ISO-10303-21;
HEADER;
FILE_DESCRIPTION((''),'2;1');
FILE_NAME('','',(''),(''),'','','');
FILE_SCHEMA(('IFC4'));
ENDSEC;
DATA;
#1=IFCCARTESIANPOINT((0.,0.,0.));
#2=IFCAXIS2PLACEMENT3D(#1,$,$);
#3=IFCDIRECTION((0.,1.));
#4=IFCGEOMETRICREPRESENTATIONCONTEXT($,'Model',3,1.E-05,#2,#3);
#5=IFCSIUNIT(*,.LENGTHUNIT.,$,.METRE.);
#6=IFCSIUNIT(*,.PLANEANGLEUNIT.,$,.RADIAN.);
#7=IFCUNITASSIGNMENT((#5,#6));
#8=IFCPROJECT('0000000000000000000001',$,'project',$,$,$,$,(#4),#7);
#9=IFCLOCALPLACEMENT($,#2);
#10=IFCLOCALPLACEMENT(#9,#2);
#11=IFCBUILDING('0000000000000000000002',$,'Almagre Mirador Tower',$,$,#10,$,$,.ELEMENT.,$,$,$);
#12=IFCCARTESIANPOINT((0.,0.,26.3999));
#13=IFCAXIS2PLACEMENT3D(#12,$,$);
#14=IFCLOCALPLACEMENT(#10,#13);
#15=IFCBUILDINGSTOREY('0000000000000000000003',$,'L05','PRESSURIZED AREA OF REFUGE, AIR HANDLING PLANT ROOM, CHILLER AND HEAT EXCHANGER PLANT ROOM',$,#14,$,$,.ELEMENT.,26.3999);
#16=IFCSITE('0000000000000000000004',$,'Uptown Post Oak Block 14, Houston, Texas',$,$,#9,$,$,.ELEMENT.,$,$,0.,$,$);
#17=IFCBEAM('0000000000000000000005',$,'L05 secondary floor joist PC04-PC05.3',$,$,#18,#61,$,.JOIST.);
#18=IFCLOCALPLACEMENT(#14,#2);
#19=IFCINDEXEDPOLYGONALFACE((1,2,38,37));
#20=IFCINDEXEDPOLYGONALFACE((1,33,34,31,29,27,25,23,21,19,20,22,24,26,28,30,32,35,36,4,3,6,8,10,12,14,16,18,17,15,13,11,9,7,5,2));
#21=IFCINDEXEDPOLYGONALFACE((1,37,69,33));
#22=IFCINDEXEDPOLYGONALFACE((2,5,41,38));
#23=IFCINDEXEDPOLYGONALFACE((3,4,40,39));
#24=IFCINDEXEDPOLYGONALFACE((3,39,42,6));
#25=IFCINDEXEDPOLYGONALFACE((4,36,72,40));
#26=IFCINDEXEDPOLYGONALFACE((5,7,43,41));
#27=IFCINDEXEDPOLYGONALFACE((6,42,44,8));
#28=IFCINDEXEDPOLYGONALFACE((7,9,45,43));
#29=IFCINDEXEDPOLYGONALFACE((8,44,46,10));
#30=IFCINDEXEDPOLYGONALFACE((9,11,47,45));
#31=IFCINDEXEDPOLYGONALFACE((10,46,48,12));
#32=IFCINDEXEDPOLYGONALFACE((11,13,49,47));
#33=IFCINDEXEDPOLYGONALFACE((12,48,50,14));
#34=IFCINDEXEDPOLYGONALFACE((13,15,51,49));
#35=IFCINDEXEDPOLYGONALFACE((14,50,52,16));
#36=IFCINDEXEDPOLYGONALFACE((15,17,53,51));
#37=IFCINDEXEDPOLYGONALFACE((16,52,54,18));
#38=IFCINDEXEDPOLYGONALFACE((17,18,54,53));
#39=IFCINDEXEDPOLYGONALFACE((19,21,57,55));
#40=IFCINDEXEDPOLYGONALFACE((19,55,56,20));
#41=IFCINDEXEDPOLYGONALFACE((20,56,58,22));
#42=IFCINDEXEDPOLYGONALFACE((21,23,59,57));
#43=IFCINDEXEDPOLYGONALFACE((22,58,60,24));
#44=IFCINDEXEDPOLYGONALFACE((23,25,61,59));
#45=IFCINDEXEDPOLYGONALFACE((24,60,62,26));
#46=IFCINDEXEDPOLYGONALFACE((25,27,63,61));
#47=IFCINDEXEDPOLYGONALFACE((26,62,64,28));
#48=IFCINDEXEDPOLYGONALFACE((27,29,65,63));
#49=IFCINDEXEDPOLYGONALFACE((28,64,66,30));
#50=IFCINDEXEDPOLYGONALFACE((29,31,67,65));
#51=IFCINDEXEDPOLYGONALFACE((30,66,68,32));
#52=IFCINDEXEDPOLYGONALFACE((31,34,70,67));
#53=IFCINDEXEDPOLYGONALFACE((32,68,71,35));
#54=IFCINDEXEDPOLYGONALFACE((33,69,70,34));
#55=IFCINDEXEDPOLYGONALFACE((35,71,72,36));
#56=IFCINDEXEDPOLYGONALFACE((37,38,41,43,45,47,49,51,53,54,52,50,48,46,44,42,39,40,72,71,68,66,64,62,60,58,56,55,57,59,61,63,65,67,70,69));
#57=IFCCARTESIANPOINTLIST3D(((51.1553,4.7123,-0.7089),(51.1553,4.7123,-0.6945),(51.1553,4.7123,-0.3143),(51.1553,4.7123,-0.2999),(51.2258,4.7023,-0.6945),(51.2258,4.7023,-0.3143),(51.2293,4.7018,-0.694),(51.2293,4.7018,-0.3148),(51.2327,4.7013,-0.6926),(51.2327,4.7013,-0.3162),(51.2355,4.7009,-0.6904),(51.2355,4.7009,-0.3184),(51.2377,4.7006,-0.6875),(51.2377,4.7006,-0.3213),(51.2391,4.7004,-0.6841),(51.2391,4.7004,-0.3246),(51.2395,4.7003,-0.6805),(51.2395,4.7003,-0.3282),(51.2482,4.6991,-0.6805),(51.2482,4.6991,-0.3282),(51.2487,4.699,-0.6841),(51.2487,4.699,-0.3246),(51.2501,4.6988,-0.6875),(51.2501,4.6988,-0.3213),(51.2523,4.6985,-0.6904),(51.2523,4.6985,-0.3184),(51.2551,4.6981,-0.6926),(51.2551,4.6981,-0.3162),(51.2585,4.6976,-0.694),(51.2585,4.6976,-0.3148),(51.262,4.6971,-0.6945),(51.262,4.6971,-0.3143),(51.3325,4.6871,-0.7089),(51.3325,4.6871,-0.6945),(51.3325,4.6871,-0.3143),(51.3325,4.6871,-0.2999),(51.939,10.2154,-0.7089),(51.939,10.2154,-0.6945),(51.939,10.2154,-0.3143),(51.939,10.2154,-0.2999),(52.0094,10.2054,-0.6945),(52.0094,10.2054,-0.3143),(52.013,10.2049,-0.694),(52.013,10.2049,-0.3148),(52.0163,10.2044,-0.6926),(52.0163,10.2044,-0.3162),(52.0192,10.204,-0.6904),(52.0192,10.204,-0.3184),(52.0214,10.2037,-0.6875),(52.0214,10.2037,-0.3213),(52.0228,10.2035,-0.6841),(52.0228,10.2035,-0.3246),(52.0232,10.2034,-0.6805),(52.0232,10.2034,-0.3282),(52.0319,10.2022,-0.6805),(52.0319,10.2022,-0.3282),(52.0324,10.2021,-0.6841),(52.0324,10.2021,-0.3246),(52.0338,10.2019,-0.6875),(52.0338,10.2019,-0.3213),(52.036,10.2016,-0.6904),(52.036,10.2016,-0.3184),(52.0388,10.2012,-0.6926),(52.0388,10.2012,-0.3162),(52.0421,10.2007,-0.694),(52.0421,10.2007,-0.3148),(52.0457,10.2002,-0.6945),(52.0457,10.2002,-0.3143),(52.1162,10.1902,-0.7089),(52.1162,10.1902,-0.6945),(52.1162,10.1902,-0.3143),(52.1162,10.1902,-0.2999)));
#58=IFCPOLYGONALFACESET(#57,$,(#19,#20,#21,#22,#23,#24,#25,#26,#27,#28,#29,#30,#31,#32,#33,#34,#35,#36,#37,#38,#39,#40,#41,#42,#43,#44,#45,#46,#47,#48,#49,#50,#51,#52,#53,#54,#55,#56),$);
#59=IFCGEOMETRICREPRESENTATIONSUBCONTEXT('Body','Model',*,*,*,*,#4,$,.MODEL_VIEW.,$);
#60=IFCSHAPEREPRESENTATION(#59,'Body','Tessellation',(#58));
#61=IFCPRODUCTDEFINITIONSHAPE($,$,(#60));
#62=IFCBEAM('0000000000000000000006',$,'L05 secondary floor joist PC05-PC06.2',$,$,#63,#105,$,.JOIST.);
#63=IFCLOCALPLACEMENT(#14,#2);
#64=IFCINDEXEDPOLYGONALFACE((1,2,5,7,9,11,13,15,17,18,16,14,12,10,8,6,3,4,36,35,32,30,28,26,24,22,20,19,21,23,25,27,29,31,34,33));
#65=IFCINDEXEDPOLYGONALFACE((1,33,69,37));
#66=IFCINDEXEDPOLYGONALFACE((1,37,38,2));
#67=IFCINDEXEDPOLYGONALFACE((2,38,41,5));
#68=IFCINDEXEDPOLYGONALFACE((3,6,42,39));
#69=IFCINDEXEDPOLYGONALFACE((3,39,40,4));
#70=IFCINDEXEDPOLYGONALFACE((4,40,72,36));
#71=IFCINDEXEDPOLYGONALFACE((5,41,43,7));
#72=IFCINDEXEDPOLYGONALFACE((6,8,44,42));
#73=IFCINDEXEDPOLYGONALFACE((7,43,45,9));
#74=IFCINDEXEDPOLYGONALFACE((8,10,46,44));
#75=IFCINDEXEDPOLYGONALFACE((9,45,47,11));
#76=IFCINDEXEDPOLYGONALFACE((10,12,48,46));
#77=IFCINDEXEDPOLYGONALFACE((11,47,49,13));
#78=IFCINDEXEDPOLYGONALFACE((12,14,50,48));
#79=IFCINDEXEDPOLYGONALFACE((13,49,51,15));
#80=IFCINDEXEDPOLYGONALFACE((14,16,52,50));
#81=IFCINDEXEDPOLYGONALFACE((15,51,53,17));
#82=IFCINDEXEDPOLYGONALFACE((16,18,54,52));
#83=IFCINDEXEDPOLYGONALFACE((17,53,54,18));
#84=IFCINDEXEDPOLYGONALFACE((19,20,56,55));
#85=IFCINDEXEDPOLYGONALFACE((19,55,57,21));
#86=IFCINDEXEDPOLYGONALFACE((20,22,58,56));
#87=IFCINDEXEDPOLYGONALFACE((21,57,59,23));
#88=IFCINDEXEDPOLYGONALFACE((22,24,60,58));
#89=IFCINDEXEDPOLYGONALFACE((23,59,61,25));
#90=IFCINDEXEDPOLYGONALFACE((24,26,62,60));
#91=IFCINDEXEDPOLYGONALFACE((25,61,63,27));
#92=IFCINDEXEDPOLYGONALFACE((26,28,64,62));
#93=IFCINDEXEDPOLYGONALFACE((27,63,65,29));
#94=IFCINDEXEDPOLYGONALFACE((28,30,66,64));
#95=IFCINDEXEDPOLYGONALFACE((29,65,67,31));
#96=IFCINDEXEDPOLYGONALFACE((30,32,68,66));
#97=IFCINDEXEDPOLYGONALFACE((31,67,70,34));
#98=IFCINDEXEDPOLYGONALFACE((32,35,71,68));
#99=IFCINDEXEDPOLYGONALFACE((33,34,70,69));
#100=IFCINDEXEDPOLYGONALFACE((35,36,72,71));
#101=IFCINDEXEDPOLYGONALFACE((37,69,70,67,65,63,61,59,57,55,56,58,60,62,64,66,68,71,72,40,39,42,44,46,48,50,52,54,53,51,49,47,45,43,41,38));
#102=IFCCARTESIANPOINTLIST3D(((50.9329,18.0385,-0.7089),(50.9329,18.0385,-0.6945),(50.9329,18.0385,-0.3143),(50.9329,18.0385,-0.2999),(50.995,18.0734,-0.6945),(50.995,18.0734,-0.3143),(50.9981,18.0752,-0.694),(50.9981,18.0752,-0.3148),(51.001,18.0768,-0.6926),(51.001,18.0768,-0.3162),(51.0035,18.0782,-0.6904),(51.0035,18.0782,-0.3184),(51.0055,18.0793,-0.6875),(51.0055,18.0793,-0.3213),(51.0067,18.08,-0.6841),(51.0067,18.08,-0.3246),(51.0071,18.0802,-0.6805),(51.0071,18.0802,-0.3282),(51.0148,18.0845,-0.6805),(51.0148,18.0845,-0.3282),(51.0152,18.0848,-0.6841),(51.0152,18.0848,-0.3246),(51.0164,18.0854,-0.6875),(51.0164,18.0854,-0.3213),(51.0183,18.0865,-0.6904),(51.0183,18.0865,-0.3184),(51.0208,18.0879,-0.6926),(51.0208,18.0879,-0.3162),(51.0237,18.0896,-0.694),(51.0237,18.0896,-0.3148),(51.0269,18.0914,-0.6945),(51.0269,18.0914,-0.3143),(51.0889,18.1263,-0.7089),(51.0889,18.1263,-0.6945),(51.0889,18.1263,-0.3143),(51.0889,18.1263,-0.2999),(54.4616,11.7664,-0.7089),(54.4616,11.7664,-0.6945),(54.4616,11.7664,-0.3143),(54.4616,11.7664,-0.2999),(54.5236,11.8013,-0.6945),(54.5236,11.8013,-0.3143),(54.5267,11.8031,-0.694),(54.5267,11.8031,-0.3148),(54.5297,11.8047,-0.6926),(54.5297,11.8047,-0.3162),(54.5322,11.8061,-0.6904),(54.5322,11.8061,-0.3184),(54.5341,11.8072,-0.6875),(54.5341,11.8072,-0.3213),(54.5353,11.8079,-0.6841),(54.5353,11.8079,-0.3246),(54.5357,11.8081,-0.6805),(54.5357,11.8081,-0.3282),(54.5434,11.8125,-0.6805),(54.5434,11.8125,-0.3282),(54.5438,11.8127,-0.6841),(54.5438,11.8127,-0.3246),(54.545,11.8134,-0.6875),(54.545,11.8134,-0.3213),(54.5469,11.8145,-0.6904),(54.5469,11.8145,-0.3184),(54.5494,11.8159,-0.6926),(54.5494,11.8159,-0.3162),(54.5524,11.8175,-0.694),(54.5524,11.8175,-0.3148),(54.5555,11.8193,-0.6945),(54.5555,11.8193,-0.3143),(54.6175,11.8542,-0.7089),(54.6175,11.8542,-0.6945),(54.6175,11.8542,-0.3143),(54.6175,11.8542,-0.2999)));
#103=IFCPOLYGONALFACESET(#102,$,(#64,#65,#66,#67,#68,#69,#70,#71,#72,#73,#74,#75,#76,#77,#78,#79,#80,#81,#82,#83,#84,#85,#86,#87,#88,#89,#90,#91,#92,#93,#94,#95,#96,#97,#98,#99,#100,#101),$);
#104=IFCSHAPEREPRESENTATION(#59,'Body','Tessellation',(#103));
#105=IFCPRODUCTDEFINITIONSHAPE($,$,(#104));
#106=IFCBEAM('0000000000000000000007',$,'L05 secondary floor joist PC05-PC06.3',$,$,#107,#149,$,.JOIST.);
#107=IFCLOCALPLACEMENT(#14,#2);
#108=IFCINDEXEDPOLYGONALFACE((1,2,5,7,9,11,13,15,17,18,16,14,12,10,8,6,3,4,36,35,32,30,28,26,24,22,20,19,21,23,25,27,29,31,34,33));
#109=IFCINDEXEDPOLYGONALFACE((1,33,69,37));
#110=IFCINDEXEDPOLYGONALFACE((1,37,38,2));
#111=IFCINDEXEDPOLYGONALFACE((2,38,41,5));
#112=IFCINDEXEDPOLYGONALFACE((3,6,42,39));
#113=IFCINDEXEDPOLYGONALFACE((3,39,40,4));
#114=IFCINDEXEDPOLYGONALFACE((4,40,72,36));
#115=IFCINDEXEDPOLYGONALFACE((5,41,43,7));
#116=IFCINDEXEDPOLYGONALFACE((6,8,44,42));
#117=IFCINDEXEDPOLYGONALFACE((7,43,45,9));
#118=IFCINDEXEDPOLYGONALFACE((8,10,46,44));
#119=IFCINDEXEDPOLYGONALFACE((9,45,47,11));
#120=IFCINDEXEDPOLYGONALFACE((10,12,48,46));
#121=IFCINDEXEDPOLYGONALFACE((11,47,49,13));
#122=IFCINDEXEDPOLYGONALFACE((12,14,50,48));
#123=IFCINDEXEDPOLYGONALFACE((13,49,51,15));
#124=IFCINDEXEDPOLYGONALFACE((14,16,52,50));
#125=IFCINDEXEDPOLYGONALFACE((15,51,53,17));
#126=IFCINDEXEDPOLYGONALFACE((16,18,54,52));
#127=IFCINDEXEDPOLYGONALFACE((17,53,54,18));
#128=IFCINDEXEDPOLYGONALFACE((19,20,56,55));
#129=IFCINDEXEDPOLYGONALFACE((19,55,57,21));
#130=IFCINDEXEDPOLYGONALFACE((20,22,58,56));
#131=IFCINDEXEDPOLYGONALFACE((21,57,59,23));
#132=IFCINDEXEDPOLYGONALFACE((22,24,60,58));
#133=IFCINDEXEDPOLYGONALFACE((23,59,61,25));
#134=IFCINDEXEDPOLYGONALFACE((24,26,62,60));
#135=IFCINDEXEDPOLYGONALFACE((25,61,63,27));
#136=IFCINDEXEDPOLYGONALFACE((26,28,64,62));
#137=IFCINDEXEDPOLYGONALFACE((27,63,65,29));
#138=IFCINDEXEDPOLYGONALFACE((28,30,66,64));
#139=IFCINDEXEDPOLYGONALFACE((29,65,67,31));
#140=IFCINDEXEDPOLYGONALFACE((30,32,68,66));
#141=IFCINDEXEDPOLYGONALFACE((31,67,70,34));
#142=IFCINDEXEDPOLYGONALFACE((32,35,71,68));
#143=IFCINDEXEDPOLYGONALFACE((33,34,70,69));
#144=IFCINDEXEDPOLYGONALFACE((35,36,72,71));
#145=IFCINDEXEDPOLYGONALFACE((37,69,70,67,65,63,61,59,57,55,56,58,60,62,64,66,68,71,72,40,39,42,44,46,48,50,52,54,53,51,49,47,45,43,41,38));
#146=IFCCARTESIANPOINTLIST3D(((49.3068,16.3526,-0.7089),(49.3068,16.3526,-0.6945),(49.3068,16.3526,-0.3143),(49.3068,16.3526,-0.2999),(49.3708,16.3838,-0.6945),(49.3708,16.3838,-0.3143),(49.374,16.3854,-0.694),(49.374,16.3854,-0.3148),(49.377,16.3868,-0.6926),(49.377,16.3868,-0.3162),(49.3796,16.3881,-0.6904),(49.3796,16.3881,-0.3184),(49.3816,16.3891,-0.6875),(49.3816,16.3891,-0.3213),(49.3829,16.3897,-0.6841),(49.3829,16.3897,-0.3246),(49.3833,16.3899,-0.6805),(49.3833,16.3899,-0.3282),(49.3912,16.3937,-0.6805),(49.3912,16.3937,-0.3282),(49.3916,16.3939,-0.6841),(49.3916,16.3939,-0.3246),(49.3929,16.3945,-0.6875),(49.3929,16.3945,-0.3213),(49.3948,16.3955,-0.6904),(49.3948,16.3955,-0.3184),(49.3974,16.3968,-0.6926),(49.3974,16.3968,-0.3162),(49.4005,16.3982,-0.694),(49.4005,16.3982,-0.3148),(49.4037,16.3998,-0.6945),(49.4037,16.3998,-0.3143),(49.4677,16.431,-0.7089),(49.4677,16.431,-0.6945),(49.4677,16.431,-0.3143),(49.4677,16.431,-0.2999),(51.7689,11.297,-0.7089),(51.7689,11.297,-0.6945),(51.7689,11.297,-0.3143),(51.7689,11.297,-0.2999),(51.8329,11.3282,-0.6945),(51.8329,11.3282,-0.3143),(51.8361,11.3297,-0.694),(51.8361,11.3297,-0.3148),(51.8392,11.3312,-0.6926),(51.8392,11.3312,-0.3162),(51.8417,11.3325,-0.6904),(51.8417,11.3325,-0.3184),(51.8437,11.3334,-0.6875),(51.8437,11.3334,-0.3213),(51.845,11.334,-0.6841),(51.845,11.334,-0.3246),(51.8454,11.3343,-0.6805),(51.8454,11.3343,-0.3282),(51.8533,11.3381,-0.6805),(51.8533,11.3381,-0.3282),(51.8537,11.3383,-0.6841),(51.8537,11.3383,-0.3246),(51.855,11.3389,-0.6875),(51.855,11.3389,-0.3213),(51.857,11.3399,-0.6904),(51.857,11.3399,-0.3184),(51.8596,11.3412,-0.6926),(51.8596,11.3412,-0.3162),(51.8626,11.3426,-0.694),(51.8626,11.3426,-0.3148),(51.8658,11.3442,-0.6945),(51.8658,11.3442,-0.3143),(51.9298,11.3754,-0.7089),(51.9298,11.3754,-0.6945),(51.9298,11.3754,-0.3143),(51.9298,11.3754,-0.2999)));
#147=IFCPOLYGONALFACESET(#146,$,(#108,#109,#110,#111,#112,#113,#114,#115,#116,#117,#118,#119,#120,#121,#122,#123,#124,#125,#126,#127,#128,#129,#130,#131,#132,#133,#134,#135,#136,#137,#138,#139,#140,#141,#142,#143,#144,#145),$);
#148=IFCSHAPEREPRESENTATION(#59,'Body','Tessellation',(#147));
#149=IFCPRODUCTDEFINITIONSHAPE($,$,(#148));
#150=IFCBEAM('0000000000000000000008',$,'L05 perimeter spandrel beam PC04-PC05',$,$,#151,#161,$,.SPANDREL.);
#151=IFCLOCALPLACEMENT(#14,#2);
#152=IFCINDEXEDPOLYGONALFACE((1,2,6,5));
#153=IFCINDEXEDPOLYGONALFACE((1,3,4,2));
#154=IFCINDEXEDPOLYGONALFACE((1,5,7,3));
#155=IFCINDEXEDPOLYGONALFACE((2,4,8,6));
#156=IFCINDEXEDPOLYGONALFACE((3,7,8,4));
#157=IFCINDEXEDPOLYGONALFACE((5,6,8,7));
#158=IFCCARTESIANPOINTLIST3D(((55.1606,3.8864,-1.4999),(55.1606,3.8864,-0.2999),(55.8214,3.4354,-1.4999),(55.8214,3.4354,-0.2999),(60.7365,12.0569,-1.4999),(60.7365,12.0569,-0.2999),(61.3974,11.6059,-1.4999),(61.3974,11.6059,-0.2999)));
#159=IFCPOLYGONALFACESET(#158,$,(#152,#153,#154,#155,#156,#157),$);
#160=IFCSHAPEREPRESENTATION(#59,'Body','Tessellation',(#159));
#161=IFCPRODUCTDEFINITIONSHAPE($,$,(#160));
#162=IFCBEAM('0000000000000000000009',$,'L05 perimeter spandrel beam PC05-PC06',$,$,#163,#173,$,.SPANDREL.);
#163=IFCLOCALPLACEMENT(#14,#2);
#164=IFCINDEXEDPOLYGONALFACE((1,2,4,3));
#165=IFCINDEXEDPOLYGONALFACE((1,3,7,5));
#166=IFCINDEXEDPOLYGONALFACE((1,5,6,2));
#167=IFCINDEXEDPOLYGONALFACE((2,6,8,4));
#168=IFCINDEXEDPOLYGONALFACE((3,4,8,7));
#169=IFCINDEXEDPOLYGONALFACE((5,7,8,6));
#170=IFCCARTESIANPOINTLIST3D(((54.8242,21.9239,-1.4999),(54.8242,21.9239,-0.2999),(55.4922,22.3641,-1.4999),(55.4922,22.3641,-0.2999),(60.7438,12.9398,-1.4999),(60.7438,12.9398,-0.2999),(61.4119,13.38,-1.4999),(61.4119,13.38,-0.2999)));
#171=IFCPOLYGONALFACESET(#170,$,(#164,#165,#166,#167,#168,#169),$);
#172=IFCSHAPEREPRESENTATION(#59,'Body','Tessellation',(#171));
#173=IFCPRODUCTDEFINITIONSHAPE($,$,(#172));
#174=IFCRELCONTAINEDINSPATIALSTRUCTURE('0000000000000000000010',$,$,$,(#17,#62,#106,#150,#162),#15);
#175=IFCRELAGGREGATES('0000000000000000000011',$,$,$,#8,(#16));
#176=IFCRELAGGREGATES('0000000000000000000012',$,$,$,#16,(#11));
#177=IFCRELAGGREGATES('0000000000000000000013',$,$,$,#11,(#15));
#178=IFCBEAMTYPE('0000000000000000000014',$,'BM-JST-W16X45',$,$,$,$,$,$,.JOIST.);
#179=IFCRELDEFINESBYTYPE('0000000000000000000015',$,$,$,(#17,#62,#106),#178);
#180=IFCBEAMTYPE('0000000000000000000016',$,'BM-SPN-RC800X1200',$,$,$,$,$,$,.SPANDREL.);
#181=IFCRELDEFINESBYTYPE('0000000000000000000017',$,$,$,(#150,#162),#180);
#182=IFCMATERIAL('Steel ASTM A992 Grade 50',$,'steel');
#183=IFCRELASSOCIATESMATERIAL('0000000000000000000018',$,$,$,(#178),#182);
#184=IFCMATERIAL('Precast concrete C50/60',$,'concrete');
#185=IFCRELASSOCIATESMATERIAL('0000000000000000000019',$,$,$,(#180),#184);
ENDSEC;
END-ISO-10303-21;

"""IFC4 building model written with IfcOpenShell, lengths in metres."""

from ifc_helpers import new_model, si_unit, direction, frame, origin, origin_2d, place, context, subcontext, project, spatial, rectangle, i_section, extrude, material, material_profile, profile_set, type_object, element, save


model = new_model("IFC4")

# Units and contexts
model_context = context("Model", 3, precision=1e-05, world=origin(), true_north=direction((0.0, 1.0)))
body_context = subcontext(model_context, "Body", "Model", "MODEL_VIEW")
ifc_project = project(units=[si_unit("LENGTHUNIT", "METRE"), si_unit("PLANEANGLEUNIT", "RADIAN")], contexts=[model_context])

# Site, building, storey
site_placement = place(None, origin())
site = spatial("IfcSite", under=ifc_project, at=site_placement, Name="Uptown Post Oak Block 14, Houston, Texas", CompositionType="ELEMENT", RefElevation=0.0)
building_placement = place(site_placement, origin())
building = spatial("IfcBuilding", under=site, at=building_placement, Name="Almagre Mirador Tower", CompositionType="ELEMENT")
storey_placement = place(building_placement, frame((0.0, 0.0, 26.3999)))
storey = spatial("IfcBuildingStorey", under=building, at=storey_placement, Name="L05", Description="PRESSURIZED AREA OF REFUGE, AIR HANDLING PLANT ROOM, CHILLER AND HEAT EXCHANGER PLANT ROOM", CompositionType="ELEMENT", Elevation=26.3999)

# Beams
ifc_material_1 = material(Name="Steel ASTM A992 Grade 50", Category="steel")
ifc_material_profile_1 = material_profile(ifc_material_1, i_section(OverallWidth=0.179, OverallDepth=0.4089, WebThickness=0.0088, FlangeThickness=0.0144, FilletRadius=0.0139, at=origin_2d()), Name="W16X45")
ifc_profile_set_1 = profile_set([ifc_material_profile_1], Name="Steel ASTM A992 Grade 50")
beam_type_1 = type_object("IfcBeamType", Name="BM-JST-W16X45", PredefinedType="JOIST", material=ifc_profile_set_1)
beam_1_placement = place(storey_placement, frame((51.2439, 4.6997, -0.5044), z_axis=(0.140985, 0.990012, 0.0), x_axis=(-0.990012, 0.140985, 0.0)))
element("IfcBeam", 1, at=beam_1_placement, inside=storey, type_object=beam_type_1, Name="L05 secondary floor joist PC04-PC05.3", PredefinedType="JOIST", context=body_context, shape_type="SweptSolid", body=[
    extrude(i_section(OverallWidth=0.179, OverallDepth=0.4089, WebThickness=0.0088, FlangeThickness=0.0144, FilletRadius=0.0139, at=origin_2d()), origin(), (0.0, 0.0, 1.0), 5.5586),
])
beam_2_placement = place(storey_placement, frame((54.5396, 11.8103, -0.5044), z_axis=(-0.490322, 0.871541, 0.0), x_axis=(-0.871541, -0.490322, 0.0)))
element("IfcBeam", 2, at=beam_2_placement, inside=storey, type_object=beam_type_1, Name="L05 secondary floor joist PC05-PC06.2", PredefinedType="JOIST", context=body_context, shape_type="SweptSolid", body=[
    extrude(i_section(OverallWidth=0.179, OverallDepth=0.4089, WebThickness=0.0088, FlangeThickness=0.0144, FilletRadius=0.0139, at=origin_2d()), origin(), (0.0, 0.0, 1.0), 7.1965),
])
beam_3_placement = place(storey_placement, frame((51.8494, 11.3362, -0.5044), z_axis=(-0.437846, 0.89905, 0.0), x_axis=(-0.89905, -0.437846, 0.0)))
element("IfcBeam", 3, at=beam_3_placement, inside=storey, type_object=beam_type_1, Name="L05 secondary floor joist PC05-PC06.3", PredefinedType="JOIST", context=body_context, shape_type="SweptSolid", body=[
    extrude(i_section(OverallWidth=0.179, OverallDepth=0.4089, WebThickness=0.0088, FlangeThickness=0.0144, FilletRadius=0.0139, at=origin_2d()), origin(), (0.0, 0.0, 1.0), 5.6233),
])
ifc_material_2 = material(Name="Precast concrete C50/60", Category="concrete")
ifc_material_profile_2 = material_profile(ifc_material_2, rectangle(XDim=0.8, YDim=1.2, at=origin_2d()), Name="RC800X1200")
ifc_profile_set_2 = profile_set([ifc_material_profile_2], Name="Precast concrete C50/60")
beam_type_2 = type_object("IfcBeamType", Name="BM-SPN-RC800X1200", PredefinedType="SPANDREL", material=ifc_profile_set_2)
beam_4_placement = place(storey_placement, frame((55.491, 3.6609, -0.8999), z_axis=(0.563695, 0.825983, 0.0), x_axis=(-0.825983, 0.563695, 0.0)))
element("IfcBeam", 4, at=beam_4_placement, inside=storey, type_object=beam_type_2, Name="L05 perimeter spandrel beam PC04-PC05", PredefinedType="SPANDREL", context=body_context, shape_type="SweptSolid", body=[
    extrude(rectangle(XDim=0.8, YDim=1.2, at=origin_2d()), origin(), (0.0, 0.0, 1.0), 9.8918),
])
beam_5_placement = place(storey_placement, frame((61.0779, 13.1599, -0.8999), z_axis=(-0.550204, 0.83503, 0.0), x_axis=(-0.83503, -0.550204, 0.0)))
element("IfcBeam", 5, at=beam_5_placement, inside=storey, type_object=beam_type_2, Name="L05 perimeter spandrel beam PC05-PC06", PredefinedType="SPANDREL", context=body_context, shape_type="SweptSolid", body=[
    extrude(rectangle(XDim=0.8, YDim=1.2, at=origin_2d()), origin(), (0.0, 0.0, 1.0), 10.759),
])

save(model, "model.ifc")
